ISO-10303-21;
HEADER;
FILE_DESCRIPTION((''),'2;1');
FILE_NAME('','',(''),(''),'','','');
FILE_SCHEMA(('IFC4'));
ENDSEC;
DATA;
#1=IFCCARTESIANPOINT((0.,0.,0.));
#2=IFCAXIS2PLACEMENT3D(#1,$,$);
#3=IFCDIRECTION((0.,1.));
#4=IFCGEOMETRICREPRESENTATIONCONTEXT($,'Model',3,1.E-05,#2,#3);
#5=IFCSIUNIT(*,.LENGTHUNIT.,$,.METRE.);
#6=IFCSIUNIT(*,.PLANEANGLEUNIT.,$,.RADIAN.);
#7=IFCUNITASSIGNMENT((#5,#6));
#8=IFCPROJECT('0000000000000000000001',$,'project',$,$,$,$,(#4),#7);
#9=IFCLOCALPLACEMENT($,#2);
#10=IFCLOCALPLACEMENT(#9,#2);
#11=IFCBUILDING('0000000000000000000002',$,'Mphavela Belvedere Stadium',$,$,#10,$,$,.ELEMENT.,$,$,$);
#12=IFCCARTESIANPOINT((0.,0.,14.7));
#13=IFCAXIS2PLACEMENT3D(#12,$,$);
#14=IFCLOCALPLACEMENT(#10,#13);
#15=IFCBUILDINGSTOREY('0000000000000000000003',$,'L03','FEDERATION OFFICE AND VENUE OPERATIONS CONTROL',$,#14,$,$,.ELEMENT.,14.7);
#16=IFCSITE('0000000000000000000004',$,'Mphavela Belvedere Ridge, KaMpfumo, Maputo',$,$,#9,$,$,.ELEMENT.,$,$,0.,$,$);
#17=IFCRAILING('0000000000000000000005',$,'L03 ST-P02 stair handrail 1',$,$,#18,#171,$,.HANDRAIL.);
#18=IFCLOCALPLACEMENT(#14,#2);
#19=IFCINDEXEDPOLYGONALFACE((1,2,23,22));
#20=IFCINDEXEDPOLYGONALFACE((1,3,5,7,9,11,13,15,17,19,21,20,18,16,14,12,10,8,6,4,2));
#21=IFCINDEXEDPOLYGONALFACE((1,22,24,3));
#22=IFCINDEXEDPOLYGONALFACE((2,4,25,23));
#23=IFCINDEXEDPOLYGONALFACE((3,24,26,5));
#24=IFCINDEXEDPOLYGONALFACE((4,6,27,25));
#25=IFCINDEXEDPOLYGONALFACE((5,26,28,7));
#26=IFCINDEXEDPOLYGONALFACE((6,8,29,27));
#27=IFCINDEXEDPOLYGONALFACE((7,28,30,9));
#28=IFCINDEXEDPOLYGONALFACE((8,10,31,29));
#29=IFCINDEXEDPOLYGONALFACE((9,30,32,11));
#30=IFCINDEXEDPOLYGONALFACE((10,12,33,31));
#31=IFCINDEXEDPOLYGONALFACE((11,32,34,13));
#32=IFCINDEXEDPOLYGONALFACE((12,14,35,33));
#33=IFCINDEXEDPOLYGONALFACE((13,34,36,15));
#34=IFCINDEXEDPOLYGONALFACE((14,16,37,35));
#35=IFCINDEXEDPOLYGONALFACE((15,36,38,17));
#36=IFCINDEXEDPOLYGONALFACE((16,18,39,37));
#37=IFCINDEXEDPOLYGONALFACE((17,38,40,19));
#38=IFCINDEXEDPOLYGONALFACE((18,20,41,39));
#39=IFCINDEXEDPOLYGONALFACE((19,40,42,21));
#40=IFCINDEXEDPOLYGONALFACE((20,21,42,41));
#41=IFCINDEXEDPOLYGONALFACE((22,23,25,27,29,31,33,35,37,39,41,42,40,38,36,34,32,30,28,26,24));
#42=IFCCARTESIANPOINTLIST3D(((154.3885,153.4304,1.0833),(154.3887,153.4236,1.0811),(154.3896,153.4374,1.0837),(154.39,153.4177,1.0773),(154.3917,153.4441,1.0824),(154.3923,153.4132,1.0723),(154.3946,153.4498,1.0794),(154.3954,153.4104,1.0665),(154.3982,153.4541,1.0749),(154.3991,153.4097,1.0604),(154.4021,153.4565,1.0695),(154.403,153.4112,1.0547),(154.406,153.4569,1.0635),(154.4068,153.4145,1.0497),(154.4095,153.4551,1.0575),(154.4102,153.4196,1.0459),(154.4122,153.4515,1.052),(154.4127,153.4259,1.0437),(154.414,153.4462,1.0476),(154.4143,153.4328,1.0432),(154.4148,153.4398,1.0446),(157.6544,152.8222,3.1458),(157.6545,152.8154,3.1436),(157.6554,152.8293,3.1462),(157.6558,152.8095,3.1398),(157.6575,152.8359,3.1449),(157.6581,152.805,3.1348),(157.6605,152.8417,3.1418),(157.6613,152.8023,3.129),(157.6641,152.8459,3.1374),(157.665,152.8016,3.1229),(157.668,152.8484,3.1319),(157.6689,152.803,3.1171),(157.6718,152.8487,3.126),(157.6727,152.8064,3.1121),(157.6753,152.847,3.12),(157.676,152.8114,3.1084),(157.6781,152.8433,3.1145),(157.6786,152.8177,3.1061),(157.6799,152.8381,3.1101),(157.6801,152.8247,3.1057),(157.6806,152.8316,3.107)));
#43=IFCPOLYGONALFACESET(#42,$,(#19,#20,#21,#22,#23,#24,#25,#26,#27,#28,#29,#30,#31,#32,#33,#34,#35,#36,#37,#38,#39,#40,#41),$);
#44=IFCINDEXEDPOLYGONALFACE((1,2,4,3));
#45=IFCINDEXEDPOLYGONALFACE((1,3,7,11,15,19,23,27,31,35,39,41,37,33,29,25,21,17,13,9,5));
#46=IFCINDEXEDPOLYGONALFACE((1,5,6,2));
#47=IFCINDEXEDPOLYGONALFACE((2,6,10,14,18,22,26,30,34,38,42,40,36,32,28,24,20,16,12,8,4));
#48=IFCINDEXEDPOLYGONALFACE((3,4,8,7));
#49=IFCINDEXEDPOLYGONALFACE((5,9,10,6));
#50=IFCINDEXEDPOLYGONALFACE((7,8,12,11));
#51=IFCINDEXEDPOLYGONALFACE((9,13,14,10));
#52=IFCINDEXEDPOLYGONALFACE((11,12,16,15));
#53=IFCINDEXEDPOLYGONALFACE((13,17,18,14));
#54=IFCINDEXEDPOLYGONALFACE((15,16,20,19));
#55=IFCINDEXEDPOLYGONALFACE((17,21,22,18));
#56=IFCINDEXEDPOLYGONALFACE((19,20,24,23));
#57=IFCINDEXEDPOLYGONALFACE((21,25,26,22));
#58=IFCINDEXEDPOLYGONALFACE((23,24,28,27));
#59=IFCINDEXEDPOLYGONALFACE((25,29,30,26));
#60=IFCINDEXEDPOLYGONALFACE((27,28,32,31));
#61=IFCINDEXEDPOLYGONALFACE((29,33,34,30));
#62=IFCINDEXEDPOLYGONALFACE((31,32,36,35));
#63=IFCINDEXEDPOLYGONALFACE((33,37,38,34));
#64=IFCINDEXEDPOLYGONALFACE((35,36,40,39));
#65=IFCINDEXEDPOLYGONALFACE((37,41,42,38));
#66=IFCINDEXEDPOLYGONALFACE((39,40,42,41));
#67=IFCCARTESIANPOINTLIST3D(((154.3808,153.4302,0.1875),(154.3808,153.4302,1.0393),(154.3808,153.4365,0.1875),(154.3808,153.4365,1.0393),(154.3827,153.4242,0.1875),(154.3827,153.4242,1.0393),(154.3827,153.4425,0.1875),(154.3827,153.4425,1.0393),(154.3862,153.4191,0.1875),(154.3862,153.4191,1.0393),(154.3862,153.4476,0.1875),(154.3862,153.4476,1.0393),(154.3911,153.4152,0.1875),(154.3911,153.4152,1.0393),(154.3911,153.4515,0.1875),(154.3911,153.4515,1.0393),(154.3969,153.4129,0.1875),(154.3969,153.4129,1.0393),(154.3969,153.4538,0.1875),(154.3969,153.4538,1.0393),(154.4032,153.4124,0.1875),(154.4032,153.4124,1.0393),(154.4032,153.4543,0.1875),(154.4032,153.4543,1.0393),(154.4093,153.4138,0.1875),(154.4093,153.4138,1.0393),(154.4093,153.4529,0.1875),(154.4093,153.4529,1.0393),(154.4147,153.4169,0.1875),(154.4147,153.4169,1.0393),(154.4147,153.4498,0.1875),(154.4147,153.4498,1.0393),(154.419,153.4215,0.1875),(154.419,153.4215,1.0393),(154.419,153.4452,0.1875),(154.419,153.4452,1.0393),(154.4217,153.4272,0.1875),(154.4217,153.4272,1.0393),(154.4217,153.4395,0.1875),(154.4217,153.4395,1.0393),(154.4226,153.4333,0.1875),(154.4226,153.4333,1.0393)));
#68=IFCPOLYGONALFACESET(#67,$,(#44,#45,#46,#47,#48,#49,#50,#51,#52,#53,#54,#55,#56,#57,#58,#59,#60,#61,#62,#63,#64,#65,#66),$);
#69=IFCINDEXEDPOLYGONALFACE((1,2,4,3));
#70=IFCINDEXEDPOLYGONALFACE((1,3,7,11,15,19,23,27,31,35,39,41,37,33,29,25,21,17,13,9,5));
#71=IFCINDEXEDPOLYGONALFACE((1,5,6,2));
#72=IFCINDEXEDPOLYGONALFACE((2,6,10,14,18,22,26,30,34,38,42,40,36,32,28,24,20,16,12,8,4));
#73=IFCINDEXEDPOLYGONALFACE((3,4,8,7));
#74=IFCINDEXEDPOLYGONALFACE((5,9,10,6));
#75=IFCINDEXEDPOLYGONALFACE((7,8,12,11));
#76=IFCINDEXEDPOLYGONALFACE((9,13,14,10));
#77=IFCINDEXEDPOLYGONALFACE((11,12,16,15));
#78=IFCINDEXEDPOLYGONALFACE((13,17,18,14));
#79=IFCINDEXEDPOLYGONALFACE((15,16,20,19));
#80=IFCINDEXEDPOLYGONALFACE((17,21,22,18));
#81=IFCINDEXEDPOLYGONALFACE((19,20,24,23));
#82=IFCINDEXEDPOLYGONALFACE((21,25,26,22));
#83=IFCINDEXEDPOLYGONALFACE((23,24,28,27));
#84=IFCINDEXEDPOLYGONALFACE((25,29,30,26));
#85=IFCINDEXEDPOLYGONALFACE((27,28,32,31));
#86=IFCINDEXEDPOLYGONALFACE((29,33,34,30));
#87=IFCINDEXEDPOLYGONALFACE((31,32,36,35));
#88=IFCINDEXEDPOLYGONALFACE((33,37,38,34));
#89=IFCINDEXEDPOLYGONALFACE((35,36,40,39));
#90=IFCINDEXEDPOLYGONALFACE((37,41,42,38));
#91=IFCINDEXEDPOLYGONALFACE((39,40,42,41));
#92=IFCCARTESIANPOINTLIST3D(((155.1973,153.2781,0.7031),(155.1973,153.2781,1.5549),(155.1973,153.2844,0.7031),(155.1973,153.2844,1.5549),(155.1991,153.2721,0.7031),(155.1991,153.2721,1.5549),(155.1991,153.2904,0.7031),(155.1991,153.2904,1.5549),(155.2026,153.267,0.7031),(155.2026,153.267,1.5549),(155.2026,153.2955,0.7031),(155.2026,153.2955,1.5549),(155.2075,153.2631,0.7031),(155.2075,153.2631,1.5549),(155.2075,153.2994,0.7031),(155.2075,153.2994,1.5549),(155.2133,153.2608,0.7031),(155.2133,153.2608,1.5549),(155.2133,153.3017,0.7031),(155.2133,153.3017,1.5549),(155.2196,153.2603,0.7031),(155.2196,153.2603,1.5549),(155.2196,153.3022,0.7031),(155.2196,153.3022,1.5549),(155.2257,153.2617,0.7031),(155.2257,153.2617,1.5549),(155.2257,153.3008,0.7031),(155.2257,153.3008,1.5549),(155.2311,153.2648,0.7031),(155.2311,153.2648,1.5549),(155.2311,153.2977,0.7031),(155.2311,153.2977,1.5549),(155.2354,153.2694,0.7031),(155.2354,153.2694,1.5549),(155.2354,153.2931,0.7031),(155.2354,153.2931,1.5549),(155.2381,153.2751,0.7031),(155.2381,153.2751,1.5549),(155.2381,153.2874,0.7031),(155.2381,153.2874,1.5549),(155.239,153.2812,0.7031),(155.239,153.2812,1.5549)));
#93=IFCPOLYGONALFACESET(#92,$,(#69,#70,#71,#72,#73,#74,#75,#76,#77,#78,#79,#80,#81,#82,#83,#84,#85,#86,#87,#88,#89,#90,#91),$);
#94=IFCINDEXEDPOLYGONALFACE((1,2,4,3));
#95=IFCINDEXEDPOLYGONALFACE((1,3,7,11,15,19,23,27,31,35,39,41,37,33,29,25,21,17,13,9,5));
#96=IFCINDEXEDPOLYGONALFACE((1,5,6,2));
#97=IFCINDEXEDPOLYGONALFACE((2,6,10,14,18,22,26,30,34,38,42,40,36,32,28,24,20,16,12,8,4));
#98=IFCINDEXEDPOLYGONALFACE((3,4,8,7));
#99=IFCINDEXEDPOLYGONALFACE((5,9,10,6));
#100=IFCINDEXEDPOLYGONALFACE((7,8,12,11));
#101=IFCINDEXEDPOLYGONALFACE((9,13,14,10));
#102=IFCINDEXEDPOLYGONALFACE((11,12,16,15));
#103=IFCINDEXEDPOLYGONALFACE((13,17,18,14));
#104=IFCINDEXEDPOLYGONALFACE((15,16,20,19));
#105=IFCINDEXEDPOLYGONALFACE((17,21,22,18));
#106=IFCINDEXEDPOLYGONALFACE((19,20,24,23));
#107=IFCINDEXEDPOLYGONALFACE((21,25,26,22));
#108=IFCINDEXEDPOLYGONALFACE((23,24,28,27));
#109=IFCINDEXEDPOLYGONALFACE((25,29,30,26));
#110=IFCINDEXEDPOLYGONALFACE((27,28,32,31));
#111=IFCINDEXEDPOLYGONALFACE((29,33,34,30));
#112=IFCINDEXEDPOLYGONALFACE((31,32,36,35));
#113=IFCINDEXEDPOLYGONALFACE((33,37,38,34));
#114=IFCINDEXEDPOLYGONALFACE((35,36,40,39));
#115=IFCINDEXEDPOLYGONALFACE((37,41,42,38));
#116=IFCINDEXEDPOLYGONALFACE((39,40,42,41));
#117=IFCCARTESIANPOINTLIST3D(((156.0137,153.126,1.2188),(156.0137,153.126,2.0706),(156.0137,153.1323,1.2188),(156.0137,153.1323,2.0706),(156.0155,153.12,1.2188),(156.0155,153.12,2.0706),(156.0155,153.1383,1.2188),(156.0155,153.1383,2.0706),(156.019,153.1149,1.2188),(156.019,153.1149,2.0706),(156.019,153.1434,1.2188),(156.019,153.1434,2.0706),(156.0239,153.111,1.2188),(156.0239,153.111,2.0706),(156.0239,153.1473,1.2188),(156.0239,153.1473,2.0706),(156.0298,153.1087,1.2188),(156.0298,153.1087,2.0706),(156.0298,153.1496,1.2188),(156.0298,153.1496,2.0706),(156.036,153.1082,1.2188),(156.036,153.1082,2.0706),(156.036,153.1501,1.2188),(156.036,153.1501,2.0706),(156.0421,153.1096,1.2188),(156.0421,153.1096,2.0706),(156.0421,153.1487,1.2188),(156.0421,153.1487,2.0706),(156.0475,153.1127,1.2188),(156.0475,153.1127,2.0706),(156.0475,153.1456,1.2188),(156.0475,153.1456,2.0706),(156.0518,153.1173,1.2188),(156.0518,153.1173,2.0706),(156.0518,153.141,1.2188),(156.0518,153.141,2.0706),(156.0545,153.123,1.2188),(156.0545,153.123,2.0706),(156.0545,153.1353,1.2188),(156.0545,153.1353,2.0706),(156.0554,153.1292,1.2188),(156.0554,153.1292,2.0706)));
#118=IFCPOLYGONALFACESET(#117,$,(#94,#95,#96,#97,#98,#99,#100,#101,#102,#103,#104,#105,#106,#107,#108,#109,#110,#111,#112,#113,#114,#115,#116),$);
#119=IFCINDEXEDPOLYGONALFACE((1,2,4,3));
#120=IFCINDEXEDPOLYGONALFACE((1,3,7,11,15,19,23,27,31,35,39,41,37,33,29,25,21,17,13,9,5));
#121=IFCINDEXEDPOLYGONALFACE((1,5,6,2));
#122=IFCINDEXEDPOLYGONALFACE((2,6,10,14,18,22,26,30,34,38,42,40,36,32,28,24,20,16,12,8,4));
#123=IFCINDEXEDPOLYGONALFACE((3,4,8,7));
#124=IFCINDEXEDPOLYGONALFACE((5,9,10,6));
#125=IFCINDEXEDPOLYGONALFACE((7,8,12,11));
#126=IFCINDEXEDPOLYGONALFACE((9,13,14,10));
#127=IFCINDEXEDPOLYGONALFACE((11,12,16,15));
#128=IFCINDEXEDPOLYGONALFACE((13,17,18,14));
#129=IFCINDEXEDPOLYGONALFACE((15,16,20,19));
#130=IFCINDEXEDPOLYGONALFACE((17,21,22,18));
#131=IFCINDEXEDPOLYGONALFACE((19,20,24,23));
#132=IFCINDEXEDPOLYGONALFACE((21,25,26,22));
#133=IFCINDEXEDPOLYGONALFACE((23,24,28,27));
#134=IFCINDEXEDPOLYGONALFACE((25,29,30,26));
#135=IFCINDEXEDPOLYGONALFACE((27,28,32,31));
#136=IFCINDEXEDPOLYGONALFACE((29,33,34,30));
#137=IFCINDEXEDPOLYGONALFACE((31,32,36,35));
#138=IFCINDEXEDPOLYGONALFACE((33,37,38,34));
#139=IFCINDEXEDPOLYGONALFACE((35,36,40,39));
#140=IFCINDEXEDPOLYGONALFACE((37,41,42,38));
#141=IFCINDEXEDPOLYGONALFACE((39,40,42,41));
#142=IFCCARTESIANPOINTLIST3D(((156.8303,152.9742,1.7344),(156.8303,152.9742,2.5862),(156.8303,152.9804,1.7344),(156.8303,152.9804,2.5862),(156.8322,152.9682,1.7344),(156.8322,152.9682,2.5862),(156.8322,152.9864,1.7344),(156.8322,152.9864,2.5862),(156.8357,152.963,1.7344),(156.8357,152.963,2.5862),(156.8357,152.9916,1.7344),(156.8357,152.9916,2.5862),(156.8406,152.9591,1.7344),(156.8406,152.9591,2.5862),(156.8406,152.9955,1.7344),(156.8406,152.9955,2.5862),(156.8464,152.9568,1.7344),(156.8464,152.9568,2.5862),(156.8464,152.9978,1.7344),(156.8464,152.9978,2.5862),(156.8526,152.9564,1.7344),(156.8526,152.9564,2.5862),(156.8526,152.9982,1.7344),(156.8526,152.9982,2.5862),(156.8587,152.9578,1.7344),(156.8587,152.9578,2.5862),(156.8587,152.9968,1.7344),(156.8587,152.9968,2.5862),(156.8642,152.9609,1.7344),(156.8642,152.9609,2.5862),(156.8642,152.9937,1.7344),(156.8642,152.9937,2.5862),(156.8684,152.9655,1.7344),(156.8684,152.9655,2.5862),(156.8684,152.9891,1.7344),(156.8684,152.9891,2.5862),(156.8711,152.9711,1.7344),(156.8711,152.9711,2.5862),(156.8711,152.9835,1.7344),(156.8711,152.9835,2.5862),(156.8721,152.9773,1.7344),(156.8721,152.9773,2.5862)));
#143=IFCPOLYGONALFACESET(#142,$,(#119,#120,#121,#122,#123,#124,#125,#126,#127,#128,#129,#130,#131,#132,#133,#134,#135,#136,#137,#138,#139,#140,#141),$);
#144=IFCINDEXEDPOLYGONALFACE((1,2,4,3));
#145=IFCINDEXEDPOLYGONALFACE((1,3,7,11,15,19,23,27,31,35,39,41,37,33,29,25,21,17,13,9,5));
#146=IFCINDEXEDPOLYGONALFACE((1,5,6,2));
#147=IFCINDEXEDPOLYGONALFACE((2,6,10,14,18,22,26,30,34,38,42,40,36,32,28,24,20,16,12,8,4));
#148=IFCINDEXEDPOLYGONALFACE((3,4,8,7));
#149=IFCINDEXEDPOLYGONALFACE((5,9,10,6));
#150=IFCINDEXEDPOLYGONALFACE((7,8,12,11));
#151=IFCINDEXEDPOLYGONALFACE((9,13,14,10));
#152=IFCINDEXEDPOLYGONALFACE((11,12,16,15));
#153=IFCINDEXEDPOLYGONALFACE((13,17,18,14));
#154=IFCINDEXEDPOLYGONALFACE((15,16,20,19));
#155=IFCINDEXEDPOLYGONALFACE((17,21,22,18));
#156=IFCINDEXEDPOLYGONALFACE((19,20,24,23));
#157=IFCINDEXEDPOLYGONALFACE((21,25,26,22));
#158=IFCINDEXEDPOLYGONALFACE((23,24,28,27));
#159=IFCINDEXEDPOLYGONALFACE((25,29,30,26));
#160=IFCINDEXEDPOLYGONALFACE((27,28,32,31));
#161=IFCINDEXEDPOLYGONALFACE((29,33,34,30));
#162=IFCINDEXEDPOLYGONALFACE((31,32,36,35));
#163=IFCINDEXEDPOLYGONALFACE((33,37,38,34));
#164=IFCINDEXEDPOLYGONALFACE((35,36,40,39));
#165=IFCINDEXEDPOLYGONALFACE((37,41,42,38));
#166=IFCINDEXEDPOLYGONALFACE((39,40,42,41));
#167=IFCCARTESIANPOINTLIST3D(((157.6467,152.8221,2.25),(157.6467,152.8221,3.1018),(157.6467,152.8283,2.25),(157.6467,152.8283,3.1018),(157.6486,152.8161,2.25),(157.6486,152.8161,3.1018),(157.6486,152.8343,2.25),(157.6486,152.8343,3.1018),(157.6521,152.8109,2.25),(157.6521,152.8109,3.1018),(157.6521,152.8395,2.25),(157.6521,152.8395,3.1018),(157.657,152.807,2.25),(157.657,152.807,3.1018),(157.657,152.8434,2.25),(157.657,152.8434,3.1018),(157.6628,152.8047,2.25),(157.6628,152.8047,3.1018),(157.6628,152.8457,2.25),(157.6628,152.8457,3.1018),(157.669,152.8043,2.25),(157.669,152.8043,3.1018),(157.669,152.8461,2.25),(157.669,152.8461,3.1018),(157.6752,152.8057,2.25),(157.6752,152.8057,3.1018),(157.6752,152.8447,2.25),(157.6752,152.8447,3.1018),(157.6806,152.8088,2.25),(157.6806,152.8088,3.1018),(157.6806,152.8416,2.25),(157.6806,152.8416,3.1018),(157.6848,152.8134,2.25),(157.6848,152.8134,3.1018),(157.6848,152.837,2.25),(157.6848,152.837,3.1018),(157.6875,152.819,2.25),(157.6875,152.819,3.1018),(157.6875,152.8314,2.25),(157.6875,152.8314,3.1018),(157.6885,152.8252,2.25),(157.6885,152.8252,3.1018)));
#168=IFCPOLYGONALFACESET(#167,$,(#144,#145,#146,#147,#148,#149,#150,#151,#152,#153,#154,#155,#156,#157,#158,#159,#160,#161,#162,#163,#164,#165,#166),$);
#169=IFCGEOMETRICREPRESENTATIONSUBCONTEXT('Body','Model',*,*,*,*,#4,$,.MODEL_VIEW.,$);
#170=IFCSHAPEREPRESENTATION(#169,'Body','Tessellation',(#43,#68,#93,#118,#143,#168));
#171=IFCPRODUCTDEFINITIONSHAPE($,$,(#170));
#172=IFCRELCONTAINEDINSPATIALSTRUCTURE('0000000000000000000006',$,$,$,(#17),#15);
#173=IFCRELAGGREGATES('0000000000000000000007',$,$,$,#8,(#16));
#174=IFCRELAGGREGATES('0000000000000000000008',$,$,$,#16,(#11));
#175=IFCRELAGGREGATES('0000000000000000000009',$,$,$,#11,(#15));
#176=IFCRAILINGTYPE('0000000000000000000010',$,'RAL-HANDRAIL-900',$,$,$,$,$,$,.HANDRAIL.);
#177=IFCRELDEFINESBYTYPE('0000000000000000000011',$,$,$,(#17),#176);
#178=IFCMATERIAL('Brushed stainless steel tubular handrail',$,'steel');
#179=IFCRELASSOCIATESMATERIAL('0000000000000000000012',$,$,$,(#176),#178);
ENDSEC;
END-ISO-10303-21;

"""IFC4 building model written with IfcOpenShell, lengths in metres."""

from ifc_helpers import new_model, si_unit, direction, frame, origin, origin_2d, place, context, subcontext, project, spatial, circle, extrude, material, type_object, element, save


model = new_model("IFC4")

# Units and contexts
model_context = context("Model", 3, precision=1e-05, world=origin(), true_north=direction((0.0, 1.0)))
body_context = subcontext(model_context, "Body", "Model", "MODEL_VIEW")
ifc_project = project(units=[si_unit("LENGTHUNIT", "METRE"), si_unit("PLANEANGLEUNIT", "RADIAN")], contexts=[model_context])

# Site, building, storey
site_placement = place(None, origin())
site = spatial("IfcSite", under=ifc_project, at=site_placement, Name="Mphavela Belvedere Ridge, KaMpfumo, Maputo", CompositionType="ELEMENT", RefElevation=0.0)
building_placement = place(site_placement, origin())
building = spatial("IfcBuilding", under=site, at=building_placement, Name="Mphavela Belvedere Stadium", CompositionType="ELEMENT")
storey_placement = place(building_placement, frame((0.0, 0.0, 14.7)))
storey = spatial("IfcBuildingStorey", under=building, at=storey_placement, Name="L03", Description="FEDERATION OFFICE AND VENUE OPERATIONS CONTROL", CompositionType="ELEMENT", Elevation=14.7)

# Railing
ifc_material_1 = material(Name="Brushed stainless steel tubular handrail", Category="steel")
railing_type_1 = type_object("IfcRailingType", Name="RAL-HANDRAIL-900", PredefinedType="HANDRAIL", material=ifc_material_1)
railing_1_placement = place(storey_placement, frame((154.4016, 153.4333, 0.1875)))
element("IfcRailing", 1, at=railing_1_placement, inside=storey, type_object=railing_type_1, Name="L03 ST-P02 stair handrail 1", PredefinedType="HANDRAIL", context=body_context, shape_type="SweptSolid", body=[
    extrude(circle(Radius=0.0239, at=origin_2d()), frame((0.0, 0.0, 0.876), z_axis=(0.835218, -0.15553, 0.527467), x_axis=(0.183068, 0.9831, 0.0)), (0.0, 0.0, 1.0), 3.9102),
    extrude(circle(Radius=0.021, at=origin_2d()), origin(), (0.0, 0.0, 1.0), 0.8518),
    extrude(circle(Radius=0.021, at=origin_2d()), frame((0.8164, -0.1521, 0.5156)), (0.0, 0.0, 1.0), 0.8518),
    extrude(circle(Radius=0.021, at=origin_2d()), frame((1.6328, -0.3042, 1.0312)), (0.0, 0.0, 1.0), 0.8518),
    extrude(circle(Radius=0.021, at=origin_2d()), frame((2.4495, -0.4561, 1.5469)), (0.0, 0.0, 1.0), 0.8518),
    extrude(circle(Radius=0.021, at=origin_2d()), frame((3.2659, -0.6082, 2.0625)), (0.0, 0.0, 1.0), 0.8518),
])

save(model, "model.ifc")
